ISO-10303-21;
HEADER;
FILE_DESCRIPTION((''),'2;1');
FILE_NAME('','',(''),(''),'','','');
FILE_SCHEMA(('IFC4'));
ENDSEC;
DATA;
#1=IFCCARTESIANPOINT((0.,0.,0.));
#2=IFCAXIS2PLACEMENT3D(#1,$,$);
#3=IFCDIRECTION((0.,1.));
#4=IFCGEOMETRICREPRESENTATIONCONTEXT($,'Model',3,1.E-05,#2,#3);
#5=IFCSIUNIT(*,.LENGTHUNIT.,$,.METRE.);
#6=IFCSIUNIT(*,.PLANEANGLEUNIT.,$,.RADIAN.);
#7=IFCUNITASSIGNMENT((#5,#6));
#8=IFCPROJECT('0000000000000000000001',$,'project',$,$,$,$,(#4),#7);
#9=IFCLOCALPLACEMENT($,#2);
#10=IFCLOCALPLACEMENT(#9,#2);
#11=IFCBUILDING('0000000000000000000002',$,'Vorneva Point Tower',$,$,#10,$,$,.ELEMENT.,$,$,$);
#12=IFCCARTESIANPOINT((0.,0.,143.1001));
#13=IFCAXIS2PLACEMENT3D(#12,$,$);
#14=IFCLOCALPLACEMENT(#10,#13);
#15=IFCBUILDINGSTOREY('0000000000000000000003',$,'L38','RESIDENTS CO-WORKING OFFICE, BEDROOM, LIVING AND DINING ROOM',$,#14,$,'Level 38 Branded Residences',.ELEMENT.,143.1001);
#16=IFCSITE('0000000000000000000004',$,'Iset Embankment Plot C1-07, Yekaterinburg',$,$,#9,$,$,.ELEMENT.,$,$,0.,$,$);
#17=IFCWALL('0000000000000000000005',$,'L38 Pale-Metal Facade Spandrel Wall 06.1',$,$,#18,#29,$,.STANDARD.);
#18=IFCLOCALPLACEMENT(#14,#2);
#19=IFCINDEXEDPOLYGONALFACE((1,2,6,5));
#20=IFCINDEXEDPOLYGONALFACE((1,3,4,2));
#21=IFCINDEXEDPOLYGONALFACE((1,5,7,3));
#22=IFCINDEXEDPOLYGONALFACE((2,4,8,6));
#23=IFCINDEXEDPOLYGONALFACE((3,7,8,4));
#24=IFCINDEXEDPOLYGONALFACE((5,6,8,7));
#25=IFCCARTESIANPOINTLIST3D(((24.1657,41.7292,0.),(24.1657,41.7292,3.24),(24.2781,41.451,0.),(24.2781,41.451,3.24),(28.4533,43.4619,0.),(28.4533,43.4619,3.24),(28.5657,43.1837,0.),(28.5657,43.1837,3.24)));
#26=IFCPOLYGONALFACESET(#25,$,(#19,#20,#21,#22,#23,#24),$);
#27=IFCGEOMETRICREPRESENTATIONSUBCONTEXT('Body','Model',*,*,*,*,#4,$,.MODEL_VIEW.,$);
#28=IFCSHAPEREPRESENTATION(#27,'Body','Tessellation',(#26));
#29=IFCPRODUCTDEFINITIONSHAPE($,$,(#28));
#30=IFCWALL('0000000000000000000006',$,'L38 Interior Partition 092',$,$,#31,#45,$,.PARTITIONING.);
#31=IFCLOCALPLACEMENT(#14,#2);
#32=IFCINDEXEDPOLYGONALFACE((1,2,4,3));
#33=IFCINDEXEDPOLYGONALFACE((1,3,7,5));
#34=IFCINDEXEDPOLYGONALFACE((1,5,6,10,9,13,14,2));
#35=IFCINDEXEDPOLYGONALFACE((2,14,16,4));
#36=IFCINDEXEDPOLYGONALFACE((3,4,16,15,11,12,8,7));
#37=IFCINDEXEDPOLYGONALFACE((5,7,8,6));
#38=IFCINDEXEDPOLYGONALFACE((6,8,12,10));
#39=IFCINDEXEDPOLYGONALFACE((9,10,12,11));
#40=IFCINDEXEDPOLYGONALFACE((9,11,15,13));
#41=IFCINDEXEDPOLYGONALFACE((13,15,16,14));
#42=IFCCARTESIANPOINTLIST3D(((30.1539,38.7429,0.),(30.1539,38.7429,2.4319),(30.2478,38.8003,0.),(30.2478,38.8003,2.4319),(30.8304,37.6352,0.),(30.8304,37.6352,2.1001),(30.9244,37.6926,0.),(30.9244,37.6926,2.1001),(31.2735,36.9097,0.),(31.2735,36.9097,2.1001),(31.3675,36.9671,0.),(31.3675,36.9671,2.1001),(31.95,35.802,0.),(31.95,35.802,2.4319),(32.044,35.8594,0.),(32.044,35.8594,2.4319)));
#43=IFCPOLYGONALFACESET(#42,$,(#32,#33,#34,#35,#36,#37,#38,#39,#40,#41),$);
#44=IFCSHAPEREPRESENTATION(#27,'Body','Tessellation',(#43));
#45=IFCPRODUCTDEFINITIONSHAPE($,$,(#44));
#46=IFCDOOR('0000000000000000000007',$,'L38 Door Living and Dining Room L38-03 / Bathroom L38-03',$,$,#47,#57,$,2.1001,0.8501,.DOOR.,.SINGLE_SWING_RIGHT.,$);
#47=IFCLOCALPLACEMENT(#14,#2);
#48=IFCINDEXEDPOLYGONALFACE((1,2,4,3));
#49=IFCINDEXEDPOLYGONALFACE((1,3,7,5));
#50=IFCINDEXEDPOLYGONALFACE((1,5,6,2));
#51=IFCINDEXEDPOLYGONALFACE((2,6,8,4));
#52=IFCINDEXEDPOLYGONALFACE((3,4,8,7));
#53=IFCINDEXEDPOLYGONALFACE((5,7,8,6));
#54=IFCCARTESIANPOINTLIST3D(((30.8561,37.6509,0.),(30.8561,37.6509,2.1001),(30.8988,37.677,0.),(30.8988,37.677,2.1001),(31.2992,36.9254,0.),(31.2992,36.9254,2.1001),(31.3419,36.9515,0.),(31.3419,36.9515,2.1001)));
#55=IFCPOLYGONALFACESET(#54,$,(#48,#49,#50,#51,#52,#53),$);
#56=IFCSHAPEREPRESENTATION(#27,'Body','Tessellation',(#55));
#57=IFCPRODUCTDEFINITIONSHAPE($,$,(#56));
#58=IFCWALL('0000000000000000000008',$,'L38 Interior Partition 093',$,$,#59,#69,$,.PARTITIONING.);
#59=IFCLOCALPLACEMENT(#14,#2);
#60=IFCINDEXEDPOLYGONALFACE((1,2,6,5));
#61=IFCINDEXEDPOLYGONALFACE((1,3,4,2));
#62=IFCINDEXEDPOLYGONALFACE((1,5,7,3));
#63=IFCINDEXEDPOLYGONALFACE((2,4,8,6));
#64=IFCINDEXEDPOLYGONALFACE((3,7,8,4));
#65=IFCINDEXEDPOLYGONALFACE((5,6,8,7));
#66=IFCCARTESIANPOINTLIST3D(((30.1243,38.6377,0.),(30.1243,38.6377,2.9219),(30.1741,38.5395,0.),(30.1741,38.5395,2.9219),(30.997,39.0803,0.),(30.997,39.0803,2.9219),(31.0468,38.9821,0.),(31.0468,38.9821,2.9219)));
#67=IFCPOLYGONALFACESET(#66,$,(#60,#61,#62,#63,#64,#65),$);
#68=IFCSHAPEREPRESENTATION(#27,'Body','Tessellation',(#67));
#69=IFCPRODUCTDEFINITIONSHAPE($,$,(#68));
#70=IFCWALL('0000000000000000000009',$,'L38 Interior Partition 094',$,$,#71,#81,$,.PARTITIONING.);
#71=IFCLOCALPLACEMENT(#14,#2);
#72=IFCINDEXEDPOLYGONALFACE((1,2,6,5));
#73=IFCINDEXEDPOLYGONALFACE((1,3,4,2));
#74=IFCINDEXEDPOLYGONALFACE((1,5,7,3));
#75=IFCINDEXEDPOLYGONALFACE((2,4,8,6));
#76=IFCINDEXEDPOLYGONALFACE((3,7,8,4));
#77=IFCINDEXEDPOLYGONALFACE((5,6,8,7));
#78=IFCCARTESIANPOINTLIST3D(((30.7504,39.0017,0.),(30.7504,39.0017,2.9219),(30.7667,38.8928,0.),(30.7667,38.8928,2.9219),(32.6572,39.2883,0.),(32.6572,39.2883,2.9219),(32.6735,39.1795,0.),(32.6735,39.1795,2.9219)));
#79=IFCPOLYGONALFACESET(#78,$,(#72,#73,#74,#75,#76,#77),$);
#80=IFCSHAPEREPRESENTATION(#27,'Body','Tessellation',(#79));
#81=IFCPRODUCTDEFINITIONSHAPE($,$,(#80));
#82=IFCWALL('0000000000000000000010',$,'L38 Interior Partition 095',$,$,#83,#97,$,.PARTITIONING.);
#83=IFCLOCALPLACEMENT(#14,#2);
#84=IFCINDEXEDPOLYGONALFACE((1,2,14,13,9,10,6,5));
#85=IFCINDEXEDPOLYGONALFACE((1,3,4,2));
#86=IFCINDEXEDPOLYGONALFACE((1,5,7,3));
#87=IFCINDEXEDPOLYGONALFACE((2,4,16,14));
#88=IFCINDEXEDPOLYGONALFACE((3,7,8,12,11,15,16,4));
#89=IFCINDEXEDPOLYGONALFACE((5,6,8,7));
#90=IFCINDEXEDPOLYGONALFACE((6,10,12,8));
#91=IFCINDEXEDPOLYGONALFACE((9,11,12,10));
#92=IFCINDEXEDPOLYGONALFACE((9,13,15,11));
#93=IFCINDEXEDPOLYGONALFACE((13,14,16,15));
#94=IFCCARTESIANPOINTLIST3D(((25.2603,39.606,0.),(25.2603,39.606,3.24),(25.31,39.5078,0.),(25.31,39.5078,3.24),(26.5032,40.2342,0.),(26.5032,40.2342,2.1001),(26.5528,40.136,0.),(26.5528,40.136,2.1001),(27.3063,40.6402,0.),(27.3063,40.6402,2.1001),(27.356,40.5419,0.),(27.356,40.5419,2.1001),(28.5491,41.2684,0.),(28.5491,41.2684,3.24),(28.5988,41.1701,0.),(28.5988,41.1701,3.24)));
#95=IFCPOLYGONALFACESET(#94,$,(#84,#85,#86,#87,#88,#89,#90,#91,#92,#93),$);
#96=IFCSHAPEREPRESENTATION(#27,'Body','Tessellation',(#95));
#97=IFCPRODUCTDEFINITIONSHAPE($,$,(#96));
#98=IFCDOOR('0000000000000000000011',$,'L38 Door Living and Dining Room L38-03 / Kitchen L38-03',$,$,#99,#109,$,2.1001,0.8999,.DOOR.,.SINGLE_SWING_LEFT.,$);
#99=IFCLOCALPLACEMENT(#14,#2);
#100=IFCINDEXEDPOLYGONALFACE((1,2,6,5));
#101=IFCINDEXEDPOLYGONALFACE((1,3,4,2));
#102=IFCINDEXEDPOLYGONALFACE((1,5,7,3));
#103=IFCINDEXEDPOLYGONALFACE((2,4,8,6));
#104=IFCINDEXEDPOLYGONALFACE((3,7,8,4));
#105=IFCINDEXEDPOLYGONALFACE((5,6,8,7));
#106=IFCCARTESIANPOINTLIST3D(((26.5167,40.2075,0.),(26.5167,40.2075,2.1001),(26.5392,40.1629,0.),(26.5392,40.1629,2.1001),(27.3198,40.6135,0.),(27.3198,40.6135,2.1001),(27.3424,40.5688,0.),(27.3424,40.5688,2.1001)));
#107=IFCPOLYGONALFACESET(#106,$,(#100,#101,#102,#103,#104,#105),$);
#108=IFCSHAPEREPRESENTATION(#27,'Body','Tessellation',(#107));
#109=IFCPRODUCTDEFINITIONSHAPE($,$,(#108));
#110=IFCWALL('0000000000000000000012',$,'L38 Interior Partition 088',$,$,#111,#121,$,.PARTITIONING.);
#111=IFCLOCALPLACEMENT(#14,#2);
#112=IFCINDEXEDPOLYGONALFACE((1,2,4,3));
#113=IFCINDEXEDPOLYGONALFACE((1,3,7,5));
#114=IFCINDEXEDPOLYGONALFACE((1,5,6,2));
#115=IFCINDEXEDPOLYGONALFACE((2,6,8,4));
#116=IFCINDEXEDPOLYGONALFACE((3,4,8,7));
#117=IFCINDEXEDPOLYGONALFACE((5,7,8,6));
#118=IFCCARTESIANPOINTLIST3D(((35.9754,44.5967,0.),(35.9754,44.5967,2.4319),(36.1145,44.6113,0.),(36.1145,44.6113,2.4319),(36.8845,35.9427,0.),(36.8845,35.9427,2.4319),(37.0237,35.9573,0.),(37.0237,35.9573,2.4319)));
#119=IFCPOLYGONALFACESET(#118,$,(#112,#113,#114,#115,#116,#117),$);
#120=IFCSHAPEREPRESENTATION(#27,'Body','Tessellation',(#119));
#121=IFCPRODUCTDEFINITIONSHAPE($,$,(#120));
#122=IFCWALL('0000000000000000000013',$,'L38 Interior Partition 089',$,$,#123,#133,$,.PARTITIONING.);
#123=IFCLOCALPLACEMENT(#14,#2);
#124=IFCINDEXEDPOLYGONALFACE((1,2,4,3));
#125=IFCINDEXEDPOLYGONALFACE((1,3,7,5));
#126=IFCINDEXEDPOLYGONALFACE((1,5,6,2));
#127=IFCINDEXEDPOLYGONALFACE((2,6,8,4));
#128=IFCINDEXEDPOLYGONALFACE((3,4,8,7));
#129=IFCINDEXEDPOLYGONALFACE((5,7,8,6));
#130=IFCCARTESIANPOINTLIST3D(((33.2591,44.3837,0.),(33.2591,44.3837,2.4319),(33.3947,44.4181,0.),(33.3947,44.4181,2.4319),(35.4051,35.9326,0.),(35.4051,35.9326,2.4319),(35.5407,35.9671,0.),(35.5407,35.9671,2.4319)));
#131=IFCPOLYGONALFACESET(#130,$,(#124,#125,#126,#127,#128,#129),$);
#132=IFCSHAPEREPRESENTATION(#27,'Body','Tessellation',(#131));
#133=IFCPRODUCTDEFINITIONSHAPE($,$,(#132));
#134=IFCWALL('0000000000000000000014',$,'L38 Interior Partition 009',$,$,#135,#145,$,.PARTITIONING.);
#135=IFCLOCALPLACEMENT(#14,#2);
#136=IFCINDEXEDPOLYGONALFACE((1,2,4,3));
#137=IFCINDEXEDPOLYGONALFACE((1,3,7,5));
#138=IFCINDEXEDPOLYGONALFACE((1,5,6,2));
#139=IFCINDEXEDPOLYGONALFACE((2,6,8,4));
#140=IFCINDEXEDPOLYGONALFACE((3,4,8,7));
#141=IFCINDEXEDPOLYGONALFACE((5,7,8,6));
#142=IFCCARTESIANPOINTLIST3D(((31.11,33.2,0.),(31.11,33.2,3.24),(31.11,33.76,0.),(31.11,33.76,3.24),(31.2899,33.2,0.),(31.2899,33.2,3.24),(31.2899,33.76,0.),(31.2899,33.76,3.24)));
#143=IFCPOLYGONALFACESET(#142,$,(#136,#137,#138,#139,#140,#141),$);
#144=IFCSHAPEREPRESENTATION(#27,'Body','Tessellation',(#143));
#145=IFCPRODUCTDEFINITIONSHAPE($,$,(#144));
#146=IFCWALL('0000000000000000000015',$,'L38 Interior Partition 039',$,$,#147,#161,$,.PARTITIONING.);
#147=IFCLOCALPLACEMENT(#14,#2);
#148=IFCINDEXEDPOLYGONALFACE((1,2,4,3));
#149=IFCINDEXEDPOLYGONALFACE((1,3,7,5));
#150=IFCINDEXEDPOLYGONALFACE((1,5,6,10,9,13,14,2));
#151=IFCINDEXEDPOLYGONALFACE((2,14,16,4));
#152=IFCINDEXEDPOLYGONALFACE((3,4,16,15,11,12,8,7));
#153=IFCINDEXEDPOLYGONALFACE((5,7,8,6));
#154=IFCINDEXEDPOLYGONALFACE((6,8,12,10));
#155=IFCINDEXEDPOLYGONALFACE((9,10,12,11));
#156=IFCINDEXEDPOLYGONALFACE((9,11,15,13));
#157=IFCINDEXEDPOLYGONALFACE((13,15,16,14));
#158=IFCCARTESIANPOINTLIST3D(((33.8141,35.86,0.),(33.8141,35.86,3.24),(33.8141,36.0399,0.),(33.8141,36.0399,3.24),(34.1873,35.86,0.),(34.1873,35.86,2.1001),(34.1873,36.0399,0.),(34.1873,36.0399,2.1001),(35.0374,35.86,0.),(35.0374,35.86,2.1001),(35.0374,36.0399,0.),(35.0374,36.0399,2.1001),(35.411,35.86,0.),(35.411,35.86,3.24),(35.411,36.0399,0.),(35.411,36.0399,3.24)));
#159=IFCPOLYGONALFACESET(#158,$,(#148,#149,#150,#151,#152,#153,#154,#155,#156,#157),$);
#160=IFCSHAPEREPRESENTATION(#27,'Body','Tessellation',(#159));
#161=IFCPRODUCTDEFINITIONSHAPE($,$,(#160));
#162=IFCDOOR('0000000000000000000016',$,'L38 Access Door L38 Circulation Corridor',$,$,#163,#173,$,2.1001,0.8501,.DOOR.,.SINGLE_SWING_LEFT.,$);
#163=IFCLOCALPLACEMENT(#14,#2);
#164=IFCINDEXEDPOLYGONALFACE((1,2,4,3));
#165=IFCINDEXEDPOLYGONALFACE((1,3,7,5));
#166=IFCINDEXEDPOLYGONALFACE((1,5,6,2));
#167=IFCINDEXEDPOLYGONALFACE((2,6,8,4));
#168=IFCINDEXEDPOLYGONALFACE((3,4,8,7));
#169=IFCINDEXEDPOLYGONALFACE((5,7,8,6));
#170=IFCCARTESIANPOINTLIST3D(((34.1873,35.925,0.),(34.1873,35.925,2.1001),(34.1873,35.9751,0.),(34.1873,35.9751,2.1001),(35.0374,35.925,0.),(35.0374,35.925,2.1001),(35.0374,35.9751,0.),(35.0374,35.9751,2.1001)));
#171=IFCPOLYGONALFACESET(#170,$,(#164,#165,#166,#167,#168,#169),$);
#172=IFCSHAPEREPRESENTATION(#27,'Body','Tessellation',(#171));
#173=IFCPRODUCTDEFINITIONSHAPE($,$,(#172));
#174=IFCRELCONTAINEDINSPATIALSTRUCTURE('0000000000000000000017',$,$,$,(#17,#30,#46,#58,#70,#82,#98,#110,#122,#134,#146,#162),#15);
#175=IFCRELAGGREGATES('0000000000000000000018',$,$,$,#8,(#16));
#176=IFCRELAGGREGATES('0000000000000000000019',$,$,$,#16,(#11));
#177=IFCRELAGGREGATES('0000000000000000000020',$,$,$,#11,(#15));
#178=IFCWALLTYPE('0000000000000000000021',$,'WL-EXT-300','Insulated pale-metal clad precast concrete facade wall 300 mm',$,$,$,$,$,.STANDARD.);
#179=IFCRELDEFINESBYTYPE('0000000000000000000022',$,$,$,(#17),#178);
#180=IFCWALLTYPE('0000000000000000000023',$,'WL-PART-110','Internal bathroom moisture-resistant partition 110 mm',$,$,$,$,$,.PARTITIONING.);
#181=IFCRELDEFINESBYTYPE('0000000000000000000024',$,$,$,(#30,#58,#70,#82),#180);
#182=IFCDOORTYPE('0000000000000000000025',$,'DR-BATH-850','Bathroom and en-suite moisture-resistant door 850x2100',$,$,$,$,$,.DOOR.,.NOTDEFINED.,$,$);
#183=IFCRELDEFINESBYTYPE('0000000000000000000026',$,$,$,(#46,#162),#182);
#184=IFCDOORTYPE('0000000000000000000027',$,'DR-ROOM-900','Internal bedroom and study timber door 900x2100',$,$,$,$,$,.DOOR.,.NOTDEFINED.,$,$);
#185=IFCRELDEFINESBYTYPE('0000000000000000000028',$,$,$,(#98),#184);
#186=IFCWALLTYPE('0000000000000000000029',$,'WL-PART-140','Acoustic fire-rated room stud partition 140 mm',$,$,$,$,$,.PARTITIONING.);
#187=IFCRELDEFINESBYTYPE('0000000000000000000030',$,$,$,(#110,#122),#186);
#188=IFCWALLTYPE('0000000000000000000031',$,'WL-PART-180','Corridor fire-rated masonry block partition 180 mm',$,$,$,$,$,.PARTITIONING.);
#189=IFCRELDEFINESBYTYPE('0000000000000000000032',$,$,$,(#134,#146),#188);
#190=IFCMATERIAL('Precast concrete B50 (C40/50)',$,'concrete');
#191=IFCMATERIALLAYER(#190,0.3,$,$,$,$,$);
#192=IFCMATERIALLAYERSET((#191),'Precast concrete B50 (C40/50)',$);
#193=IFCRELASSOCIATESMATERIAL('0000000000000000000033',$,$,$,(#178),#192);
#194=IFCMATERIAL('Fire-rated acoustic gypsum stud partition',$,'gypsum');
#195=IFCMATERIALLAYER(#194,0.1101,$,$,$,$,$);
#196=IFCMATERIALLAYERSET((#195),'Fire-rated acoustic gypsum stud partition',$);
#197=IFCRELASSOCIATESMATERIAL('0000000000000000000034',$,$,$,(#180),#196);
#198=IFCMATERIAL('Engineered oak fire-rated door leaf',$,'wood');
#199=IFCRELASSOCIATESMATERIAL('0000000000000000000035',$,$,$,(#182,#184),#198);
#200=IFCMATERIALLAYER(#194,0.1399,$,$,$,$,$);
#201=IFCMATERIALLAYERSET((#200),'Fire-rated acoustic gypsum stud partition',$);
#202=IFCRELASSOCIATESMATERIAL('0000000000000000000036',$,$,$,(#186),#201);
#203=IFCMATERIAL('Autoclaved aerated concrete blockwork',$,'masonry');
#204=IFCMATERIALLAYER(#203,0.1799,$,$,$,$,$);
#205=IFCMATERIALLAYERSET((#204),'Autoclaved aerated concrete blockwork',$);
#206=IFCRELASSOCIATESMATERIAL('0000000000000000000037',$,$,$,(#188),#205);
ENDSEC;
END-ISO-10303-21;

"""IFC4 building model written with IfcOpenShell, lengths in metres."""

from ifc_helpers import new_model, si_unit, direction, frame, frame_2d, origin, place, context, subcontext, project, spatial, rectangle, extrude, material, layer, layer_set, type_object, element, fill, save


model = new_model("IFC4")

# Units and contexts
model_context = context("Model", 3, precision=1e-05, world=origin(), true_north=direction((0.0, 1.0)))
body_context = subcontext(model_context, "Body", "Model", "MODEL_VIEW")
ifc_project = project(units=[si_unit("LENGTHUNIT", "METRE"), si_unit("PLANEANGLEUNIT", "RADIAN")], contexts=[model_context])

# Site, building, storey
site_placement = place(None, origin())
site = spatial("IfcSite", under=ifc_project, at=site_placement, Name="Iset Embankment Plot C1-07, Yekaterinburg", CompositionType="ELEMENT", RefElevation=0.0)
building_placement = place(site_placement, origin())
building = spatial("IfcBuilding", under=site, at=building_placement, Name="Vorneva Point Tower", CompositionType="ELEMENT")
storey_placement = place(building_placement, frame((0.0, 0.0, 143.1001)))
storey = spatial("IfcBuildingStorey", under=building, at=storey_placement, Name="L38", Description="RESIDENTS CO-WORKING OFFICE, BEDROOM, LIVING AND DINING ROOM", LongName="Level 38 Branded Residences", CompositionType="ELEMENT", Elevation=143.1001)

# Wall
ifc_material_1 = material(Name="Precast concrete B50 (C40/50)", Category="concrete")
ifc_layer_1 = layer(ifc_material_1, 0.3)
ifc_layer_set_1 = layer_set([ifc_layer_1], Name="Precast concrete B50 (C40/50)")
wall_type_1 = type_object("IfcWallType", Name="WL-EXT-300", Description="Insulated pale-metal clad precast concrete facade wall 300 mm", PredefinedType="STANDARD", material=ifc_layer_set_1)
wall_1_placement = place(storey_placement, frame((28.5095, 43.3228, 0.0), z_axis=(0.0, 0.0, 1.0), x_axis=(-0.927157, -0.374674, 0.0)))
element("IfcWall", 1, at=wall_1_placement, inside=storey, type_object=wall_type_1, Name="L38 Pale-Metal Facade Spandrel Wall 06.1", PredefinedType="STANDARD", context=body_context, shape_type="SweptSolid", body=[
    extrude(rectangle(XDim=4.6245, YDim=0.3, at=frame_2d((2.3123, 0.0))), origin(), (0.0, 0.0, 1.0), 3.24),
])

# Wall, opening, door
ifc_material_2 = material(Name="Fire-rated acoustic gypsum stud partition", Category="gypsum")
ifc_layer_2 = layer(ifc_material_2, 0.1101)
ifc_layer_set_2 = layer_set([ifc_layer_2], Name="Fire-rated acoustic gypsum stud partition")
wall_type_2 = type_object("IfcWallType", Name="WL-PART-110", Description="Internal bathroom moisture-resistant partition 110 mm", PredefinedType="PARTITIONING", material=ifc_layer_set_2)
wall_2_placement = place(storey_placement, frame((31.9971, 35.8306, 0.0), z_axis=(0.0, 0.0, 1.0), x_axis=(-0.521221, 0.853422, 0.0)))
wall_2 = element("IfcWall", 2, at=wall_2_placement, inside=storey, type_object=wall_type_2, Name="L38 Interior Partition 092", PredefinedType="PARTITIONING", context=body_context, shape_type="SweptSolid", body=[
    extrude(rectangle(XDim=3.446, YDim=0.1101, at=frame_2d((1.7231, 0.0))), origin(), (0.0, 0.0, 1.0), 2.4319),
])
opening_1_placement = place(wall_2_placement, frame((1.2981, 0.0, 0.0)))
opening_1 = element("IfcOpeningElement", 3, at=opening_1_placement, cuts=wall_2, PredefinedType="OPENING", context=body_context, shape_type="SweptSolid", body=[
    extrude(rectangle(XDim=0.8501, YDim=2.1001, at=frame_2d((0.425, 1.05))), frame((0.0, 0.0698, 0.0), z_axis=(0.0, -1.0, 0.0), x_axis=(1.0, 0.0, 0.0)), (0.0, 0.0, 1.0), 0.1399),
])
ifc_material_3 = material(Name="Engineered oak fire-rated door leaf", Category="wood")
door_type_1 = type_object("IfcDoorType", Name="DR-BATH-850", Description="Bathroom and en-suite moisture-resistant door 850x2100", OperationType="NOTDEFINED", PredefinedType="DOOR", material=ifc_material_3)
door_1_placement = place(opening_1_placement, origin())
door_1 = element("IfcDoor", 4, at=door_1_placement, inside=storey, type_object=door_type_1, Name="L38 Door Living and Dining Room L38-03 / Bathroom L38-03", OperationType="SINGLE_SWING_RIGHT", OverallHeight=2.1001, OverallWidth=0.8501, PredefinedType="DOOR", context=body_context, shape_type="SweptSolid", body=[
    extrude(rectangle(XDim=0.8501, YDim=2.1001, at=frame_2d((0.425, 1.05))), frame((0.0, 0.0249, 0.0), z_axis=(0.0, -1.0, 0.0), x_axis=(1.0, 0.0, 0.0)), (0.0, 0.0, 1.0), 0.05),
])
fill(opening_1, door_1)

# Walls
wall_3_placement = place(storey_placement, frame((30.1492, 38.5886, 0.0), z_axis=(0.0, 0.0, 1.0), x_axis=(0.891868, 0.452296, 0.0)))
element("IfcWall", 5, at=wall_3_placement, inside=storey, type_object=wall_type_2, Name="L38 Interior Partition 093", PredefinedType="PARTITIONING", context=body_context, shape_type="SweptSolid", body=[
    extrude(rectangle(XDim=0.9785, YDim=0.1101, at=frame_2d((0.4893, 0.0))), origin(), (0.0, 0.0, 1.0), 2.9219),
])
wall_4_placement = place(storey_placement, frame((30.7585, 38.9473, 0.0), z_axis=(0.0, 0.0, 1.0), x_axis=(0.98889, 0.14865, 0.0)))
element("IfcWall", 6, at=wall_4_placement, inside=storey, type_object=wall_type_2, Name="L38 Interior Partition 094", PredefinedType="PARTITIONING", context=body_context, shape_type="SweptSolid", body=[
    extrude(rectangle(XDim=1.9282, YDim=0.1101, at=frame_2d((0.9641, 0.0))), origin(), (0.0, 0.0, 1.0), 2.9219),
])

# Wall, opening, door
wall_5_placement = place(storey_placement, frame((28.574, 41.2192, 0.0), z_axis=(0.0, 0.0, 1.0), x_axis=(-0.892471, -0.451105, 0.0)))
wall_5 = element("IfcWall", 7, at=wall_5_placement, inside=storey, type_object=wall_type_2, Name="L38 Interior Partition 095", PredefinedType="PARTITIONING", context=body_context, shape_type="SweptSolid", body=[
    extrude(rectangle(XDim=3.6851, YDim=0.1101, at=frame_2d((1.8425, 0.0))), origin(), (0.0, 0.0, 1.0), 3.24),
])
opening_2_placement = place(wall_5_placement, frame((1.3926, 0.0, 0.0)))
opening_2 = element("IfcOpeningElement", 8, at=opening_2_placement, cuts=wall_5, PredefinedType="OPENING", context=body_context, shape_type="SweptSolid", body=[
    extrude(rectangle(XDim=0.8999, YDim=2.1001, at=frame_2d((0.45, 1.05))), frame((0.0, 0.0698, 0.0), z_axis=(0.0, -1.0, 0.0), x_axis=(1.0, 0.0, 0.0)), (0.0, 0.0, 1.0), 0.1399),
])
door_type_2 = type_object("IfcDoorType", Name="DR-ROOM-900", Description="Internal bedroom and study timber door 900x2100", OperationType="NOTDEFINED", PredefinedType="DOOR", material=ifc_material_3)
door_2_placement = place(opening_2_placement, origin())
door_2 = element("IfcDoor", 9, at=door_2_placement, inside=storey, type_object=door_type_2, Name="L38 Door Living and Dining Room L38-03 / Kitchen L38-03", OperationType="SINGLE_SWING_LEFT", OverallHeight=2.1001, OverallWidth=0.8999, PredefinedType="DOOR", context=body_context, shape_type="SweptSolid", body=[
    extrude(rectangle(XDim=0.8999, YDim=2.1001, at=frame_2d((0.45, 1.05))), frame((0.0, 0.0249, 0.0), z_axis=(0.0, -1.0, 0.0), x_axis=(1.0, 0.0, 0.0)), (0.0, 0.0, 1.0), 0.05),
])
fill(opening_2, door_2)

# Walls
ifc_layer_3 = layer(ifc_material_2, 0.1399)
ifc_layer_set_3 = layer_set([ifc_layer_3], Name="Fire-rated acoustic gypsum stud partition")
wall_type_3 = type_object("IfcWallType", Name="WL-PART-140", Description="Acoustic fire-rated room stud partition 140 mm", PredefinedType="PARTITIONING", material=ifc_layer_set_3)
wall_6_placement = place(storey_placement, frame((36.0449, 44.604, 0.0), z_axis=(0.0, 0.0, 1.0), x_axis=(0.104483, -0.994527, 0.0)))
element("IfcWall", 10, at=wall_6_placement, inside=storey, type_object=wall_type_3, Name="L38 Interior Partition 088", PredefinedType="PARTITIONING", context=body_context, shape_type="SweptSolid", body=[
    extrude(rectangle(XDim=8.7017, YDim=0.1399, at=frame_2d((4.3508, 0.0))), origin(), (0.0, 0.0, 1.0), 2.4319),
])
wall_7_placement = place(storey_placement, frame((33.3269, 44.4009, 0.0), z_axis=(0.0, 0.0, 1.0), x_axis=(0.246125, -0.969238, 0.0)))
element("IfcWall", 11, at=wall_7_placement, inside=storey, type_object=wall_type_3, Name="L38 Interior Partition 089", PredefinedType="PARTITIONING", context=body_context, shape_type="SweptSolid", body=[
    extrude(rectangle(XDim=8.7192, YDim=0.1399, at=frame_2d((4.3596, 0.0))), origin(), (0.0, 0.0, 1.0), 2.4319),
])

# Shared definitions
ifc_material_4 = material(Name="Autoclaved aerated concrete blockwork", Category="masonry")
ifc_layer_4 = layer(ifc_material_4, 0.1799)
ifc_layer_set_4 = layer_set([ifc_layer_4], Name="Autoclaved aerated concrete blockwork")
wall_type_4 = type_object("IfcWallType", Name="WL-PART-180", Description="Corridor fire-rated masonry block partition 180 mm", PredefinedType="PARTITIONING", material=ifc_layer_set_4)

# Wall
wall_8_placement = place(storey_placement, frame((31.2, 33.76, 0.0), z_axis=(0.0, 0.0, 1.0), x_axis=(0.0, -1.0, 0.0)))
element("IfcWall", 12, at=wall_8_placement, inside=storey, type_object=wall_type_4, Name="L38 Interior Partition 009", PredefinedType="PARTITIONING", context=body_context, shape_type="SweptSolid", body=[
    extrude(rectangle(XDim=0.5601, YDim=0.1799, at=frame_2d((0.28, 0.0))), origin(), (0.0, 0.0, 1.0), 3.24),
])

# Wall, opening, door
wall_9_placement = place(storey_placement, frame((35.4109, 35.95, 0.0), z_axis=(0.0, 0.0, 1.0), x_axis=(-1.0, 0.0, 0.0)))
wall_9 = element("IfcWall", 13, at=wall_9_placement, inside=storey, type_object=wall_type_4, Name="L38 Interior Partition 039", PredefinedType="PARTITIONING", context=body_context, shape_type="SweptSolid", body=[
    extrude(rectangle(XDim=1.5969, YDim=0.1799, at=frame_2d((0.7983, 0.0))), origin(), (0.0, 0.0, 1.0), 3.24),
])
opening_3_placement = place(wall_9_placement, frame((0.3735, 0.0, 0.0)))
opening_3 = element("IfcOpeningElement", 14, at=opening_3_placement, cuts=wall_9, PredefinedType="OPENING", context=body_context, shape_type="SweptSolid", body=[
    extrude(rectangle(XDim=0.8501, YDim=2.1001, at=frame_2d((0.425, 1.05))), frame((0.0, 0.105, 0.0), z_axis=(0.0, -1.0, 0.0), x_axis=(1.0, 0.0, 0.0)), (0.0, 0.0, 1.0), 0.2097),
])
door_3_placement = place(opening_3_placement, origin())
door_3 = element("IfcDoor", 15, at=door_3_placement, inside=storey, type_object=door_type_1, Name="L38 Access Door L38 Circulation Corridor", OperationType="SINGLE_SWING_LEFT", OverallHeight=2.1001, OverallWidth=0.8501, PredefinedType="DOOR", context=body_context, shape_type="SweptSolid", body=[
    extrude(rectangle(XDim=0.8501, YDim=2.1001, at=frame_2d((0.425, 1.05))), frame((0.0, 0.0249, 0.0), z_axis=(0.0, -1.0, 0.0), x_axis=(1.0, 0.0, 0.0)), (0.0, 0.0, 1.0), 0.05),
])
fill(opening_3, door_3)

save(model, "model.ifc")
